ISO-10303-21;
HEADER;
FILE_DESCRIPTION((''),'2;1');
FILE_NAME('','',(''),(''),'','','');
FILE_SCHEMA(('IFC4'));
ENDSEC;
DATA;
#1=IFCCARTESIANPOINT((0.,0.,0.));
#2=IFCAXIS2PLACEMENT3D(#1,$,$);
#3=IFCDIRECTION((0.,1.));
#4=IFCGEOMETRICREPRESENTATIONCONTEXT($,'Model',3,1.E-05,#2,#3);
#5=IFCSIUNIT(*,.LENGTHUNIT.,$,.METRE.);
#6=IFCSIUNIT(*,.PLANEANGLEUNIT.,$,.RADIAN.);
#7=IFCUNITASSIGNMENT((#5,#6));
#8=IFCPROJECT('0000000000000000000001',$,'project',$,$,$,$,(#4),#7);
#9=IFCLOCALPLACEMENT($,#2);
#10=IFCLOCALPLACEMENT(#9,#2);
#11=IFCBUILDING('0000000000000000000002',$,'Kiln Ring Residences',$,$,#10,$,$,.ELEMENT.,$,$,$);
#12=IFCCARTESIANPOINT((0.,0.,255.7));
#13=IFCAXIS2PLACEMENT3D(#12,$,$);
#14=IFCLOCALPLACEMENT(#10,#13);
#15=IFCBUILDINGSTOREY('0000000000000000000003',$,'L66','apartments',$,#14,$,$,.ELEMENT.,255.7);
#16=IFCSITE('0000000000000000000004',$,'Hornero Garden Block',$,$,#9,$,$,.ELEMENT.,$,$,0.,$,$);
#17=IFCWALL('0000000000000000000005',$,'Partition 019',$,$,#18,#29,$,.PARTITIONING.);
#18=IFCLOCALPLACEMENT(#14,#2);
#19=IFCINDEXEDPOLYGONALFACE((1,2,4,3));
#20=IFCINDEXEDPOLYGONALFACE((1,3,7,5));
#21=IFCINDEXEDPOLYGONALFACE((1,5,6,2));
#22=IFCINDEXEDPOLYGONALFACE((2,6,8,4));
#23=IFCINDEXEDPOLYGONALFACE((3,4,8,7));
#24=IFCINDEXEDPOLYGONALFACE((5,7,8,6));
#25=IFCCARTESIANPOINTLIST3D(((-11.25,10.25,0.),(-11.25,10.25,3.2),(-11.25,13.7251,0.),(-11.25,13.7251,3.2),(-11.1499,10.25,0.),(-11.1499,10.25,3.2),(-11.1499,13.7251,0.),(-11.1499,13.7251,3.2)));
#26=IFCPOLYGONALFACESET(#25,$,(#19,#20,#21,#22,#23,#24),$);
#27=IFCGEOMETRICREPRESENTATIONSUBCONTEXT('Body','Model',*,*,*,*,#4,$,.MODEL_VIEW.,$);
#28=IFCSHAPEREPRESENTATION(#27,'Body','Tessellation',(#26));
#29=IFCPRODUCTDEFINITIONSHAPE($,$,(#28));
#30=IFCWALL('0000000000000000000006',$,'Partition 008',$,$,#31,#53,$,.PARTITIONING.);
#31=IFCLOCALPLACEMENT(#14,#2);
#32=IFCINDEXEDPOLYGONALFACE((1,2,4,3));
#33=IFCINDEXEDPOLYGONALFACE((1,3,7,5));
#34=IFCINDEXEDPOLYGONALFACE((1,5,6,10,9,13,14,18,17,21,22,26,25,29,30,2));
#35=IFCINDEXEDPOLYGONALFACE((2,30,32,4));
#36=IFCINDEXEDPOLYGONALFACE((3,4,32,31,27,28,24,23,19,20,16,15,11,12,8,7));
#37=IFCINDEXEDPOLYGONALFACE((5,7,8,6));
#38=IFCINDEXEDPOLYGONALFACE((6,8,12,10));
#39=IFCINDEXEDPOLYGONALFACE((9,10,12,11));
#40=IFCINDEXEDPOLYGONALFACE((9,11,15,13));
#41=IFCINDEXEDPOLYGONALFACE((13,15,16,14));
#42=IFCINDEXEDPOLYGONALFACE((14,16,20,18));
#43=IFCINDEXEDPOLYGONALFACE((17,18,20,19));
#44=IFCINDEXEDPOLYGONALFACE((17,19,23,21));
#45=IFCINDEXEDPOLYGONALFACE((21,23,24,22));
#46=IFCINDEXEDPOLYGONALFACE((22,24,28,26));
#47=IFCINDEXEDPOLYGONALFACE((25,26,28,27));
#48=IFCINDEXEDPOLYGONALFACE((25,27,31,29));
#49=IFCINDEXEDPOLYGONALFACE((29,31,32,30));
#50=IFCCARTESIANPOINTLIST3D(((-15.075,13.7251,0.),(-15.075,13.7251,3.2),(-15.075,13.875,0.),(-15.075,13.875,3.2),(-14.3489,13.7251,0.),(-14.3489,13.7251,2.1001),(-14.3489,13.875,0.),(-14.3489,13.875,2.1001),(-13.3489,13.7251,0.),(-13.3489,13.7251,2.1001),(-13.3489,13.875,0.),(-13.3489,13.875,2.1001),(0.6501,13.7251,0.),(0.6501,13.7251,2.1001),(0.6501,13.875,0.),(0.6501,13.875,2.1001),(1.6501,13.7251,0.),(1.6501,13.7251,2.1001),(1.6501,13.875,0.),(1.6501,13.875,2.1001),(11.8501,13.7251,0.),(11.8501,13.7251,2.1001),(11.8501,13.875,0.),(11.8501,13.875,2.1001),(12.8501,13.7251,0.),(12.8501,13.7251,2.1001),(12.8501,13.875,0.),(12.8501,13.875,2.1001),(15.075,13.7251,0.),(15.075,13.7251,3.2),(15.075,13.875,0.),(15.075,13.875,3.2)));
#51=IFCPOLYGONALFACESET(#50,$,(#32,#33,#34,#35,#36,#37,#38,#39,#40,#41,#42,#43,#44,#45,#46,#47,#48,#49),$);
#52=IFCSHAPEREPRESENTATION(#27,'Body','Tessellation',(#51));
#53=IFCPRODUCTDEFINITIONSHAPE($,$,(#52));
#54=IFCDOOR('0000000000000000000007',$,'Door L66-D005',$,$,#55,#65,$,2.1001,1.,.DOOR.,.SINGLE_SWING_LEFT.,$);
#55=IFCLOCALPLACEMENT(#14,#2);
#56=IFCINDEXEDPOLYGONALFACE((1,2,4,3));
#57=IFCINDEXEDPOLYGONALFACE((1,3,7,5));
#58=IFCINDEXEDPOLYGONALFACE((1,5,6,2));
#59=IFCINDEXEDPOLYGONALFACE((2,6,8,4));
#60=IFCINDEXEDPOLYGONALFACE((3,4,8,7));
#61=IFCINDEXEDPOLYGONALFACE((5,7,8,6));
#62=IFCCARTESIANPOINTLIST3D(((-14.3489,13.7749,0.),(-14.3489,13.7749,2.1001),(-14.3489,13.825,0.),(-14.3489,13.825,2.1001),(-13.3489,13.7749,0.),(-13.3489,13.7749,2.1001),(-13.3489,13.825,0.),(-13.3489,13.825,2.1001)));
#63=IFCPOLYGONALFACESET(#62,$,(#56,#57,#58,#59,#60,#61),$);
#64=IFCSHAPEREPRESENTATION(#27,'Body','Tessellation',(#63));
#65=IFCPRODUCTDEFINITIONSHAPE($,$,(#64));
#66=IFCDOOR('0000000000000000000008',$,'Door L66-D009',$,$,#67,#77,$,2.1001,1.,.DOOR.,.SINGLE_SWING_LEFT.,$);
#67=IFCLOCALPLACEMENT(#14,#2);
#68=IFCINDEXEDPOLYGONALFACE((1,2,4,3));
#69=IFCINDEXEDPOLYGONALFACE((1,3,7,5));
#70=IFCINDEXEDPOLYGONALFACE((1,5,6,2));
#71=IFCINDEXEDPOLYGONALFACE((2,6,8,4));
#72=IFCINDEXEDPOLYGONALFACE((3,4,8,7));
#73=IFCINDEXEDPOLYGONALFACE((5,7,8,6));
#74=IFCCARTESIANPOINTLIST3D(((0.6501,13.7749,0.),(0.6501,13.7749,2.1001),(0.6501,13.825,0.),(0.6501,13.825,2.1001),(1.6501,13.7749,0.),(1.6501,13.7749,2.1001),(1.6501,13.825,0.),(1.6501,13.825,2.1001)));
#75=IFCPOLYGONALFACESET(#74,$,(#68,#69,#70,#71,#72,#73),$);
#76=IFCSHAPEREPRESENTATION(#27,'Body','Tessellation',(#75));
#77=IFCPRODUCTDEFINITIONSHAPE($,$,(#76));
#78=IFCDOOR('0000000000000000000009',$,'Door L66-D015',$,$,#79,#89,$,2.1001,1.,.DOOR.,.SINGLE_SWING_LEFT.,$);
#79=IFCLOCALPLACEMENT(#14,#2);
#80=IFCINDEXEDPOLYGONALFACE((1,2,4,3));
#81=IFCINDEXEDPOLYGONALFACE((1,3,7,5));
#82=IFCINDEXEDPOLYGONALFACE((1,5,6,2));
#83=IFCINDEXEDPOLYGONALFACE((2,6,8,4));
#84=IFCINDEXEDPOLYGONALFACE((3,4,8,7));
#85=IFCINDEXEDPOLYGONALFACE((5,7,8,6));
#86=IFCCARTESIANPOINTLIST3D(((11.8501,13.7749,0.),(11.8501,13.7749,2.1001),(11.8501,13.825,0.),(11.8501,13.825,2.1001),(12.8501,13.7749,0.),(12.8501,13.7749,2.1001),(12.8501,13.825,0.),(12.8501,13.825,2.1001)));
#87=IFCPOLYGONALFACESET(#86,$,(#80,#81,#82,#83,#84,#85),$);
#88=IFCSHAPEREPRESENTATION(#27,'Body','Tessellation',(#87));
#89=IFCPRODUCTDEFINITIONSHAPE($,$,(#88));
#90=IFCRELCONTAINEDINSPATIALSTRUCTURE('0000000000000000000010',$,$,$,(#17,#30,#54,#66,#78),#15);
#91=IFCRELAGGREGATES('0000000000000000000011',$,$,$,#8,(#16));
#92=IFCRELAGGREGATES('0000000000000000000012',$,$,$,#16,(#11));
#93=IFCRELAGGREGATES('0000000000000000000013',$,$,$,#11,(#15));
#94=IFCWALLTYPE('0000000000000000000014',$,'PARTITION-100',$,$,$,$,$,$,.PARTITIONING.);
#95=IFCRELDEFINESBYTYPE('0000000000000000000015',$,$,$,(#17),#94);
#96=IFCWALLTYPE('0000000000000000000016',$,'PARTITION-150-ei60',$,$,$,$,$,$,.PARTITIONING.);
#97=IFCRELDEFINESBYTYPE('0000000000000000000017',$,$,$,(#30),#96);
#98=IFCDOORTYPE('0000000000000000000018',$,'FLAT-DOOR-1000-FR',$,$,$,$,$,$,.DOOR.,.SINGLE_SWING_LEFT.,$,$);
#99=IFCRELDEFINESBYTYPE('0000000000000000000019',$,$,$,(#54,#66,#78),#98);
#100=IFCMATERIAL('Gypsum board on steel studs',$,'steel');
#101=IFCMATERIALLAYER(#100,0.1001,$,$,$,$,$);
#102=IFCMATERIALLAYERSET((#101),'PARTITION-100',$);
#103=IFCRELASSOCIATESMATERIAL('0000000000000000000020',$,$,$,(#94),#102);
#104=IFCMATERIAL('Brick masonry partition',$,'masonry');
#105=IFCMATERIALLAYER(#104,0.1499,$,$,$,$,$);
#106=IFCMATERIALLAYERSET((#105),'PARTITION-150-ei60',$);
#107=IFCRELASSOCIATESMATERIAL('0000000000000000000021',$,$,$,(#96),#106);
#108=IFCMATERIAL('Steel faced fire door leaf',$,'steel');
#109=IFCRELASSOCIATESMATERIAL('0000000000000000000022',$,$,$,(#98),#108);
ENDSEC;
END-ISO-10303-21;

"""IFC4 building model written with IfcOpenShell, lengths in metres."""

from ifc_helpers import new_model, si_unit, direction, frame, frame_2d, origin, place, context, subcontext, project, spatial, rectangle, extrude, material, layer, layer_set, type_object, element, fill, save


model = new_model("IFC4")

# Units and contexts
model_context = context("Model", 3, precision=1e-05, world=origin(), true_north=direction((0.0, 1.0)))
body_context = subcontext(model_context, "Body", "Model", "MODEL_VIEW")
ifc_project = project(units=[si_unit("LENGTHUNIT", "METRE"), si_unit("PLANEANGLEUNIT", "RADIAN")], contexts=[model_context])

# Site, building, storey
site_placement = place(None, origin())
site = spatial("IfcSite", under=ifc_project, at=site_placement, Name="Hornero Garden Block", CompositionType="ELEMENT", RefElevation=0.0)
building_placement = place(site_placement, origin())
building = spatial("IfcBuilding", under=site, at=building_placement, Name="Kiln Ring Residences", CompositionType="ELEMENT")
storey_placement = place(building_placement, frame((0.0, 0.0, 255.7)))
storey = spatial("IfcBuildingStorey", under=building, at=storey_placement, Name="L66", Description="apartments", CompositionType="ELEMENT", Elevation=255.7)

# Shared definitions
ifc_material_1 = material(Name="Gypsum board on steel studs", Category="steel")
ifc_layer_1 = layer(ifc_material_1, 0.1001)
ifc_layer_set_1 = layer_set([ifc_layer_1], Name="PARTITION-100")
wall_type_1 = type_object("IfcWallType", Name="PARTITION-100", PredefinedType="PARTITIONING", material=ifc_layer_set_1)

# Wall
wall_1_placement = place(storey_placement, frame((-11.2, 10.25, 0.0), z_axis=(0.0, 0.0, 1.0), x_axis=(0.0, 1.0, 0.0)))
element("IfcWall", 1, at=wall_1_placement, inside=storey, type_object=wall_type_1, Name="Partition 019", PredefinedType="PARTITIONING", context=body_context, shape_type="SweptSolid", body=[
    extrude(rectangle(XDim=3.4751, YDim=0.1001, at=frame_2d((1.7375, 0.0))), origin(), (0.0, 0.0, 1.0), 3.2),
])

# Wall, openings, doors
ifc_material_2 = material(Name="Brick masonry partition", Category="masonry")
ifc_layer_2 = layer(ifc_material_2, 0.1499)
ifc_layer_set_2 = layer_set([ifc_layer_2], Name="PARTITION-150-ei60")
wall_type_2 = type_object("IfcWallType", Name="PARTITION-150-ei60", PredefinedType="PARTITIONING", material=ifc_layer_set_2)
wall_2_placement = place(storey_placement, frame((-15.075, 13.8, 0.0), z_axis=(0.0, 0.0, 1.0), x_axis=(1.0, 0.0, 0.0)))
wall_2 = element("IfcWall", 2, at=wall_2_placement, inside=storey, type_object=wall_type_2, Name="Partition 008", PredefinedType="PARTITIONING", context=body_context, shape_type="SweptSolid", body=[
    extrude(rectangle(XDim=30.1499, YDim=0.1499, at=frame_2d((15.075, 0.0))), origin(), (0.0, 0.0, 1.0), 3.2),
])
opening_1_placement = place(wall_2_placement, frame((0.7261, 0.0, 0.0)))
opening_1 = element("IfcOpeningElement", 3, at=opening_1_placement, cuts=wall_2, PredefinedType="OPENING", context=body_context, shape_type="SweptSolid", body=[
    extrude(rectangle(XDim=1.0, YDim=2.1001, at=frame_2d((0.5, 1.05))), frame((0.0, 0.085, 0.0), z_axis=(0.0, -1.0, 0.0), x_axis=(1.0, 0.0, 0.0)), (0.0, 0.0, 1.0), 0.1699),
])
opening_2_placement = place(wall_2_placement, frame((15.7251, 0.0, 0.0)))
opening_2 = element("IfcOpeningElement", 4, at=opening_2_placement, cuts=wall_2, PredefinedType="OPENING", context=body_context, shape_type="SweptSolid", body=[
    extrude(rectangle(XDim=1.0, YDim=2.1001, at=frame_2d((0.5, 1.05))), frame((0.0, 0.085, 0.0), z_axis=(0.0, -1.0, 0.0), x_axis=(1.0, 0.0, 0.0)), (0.0, 0.0, 1.0), 0.1699),
])
opening_3_placement = place(wall_2_placement, frame((26.925, 0.0, 0.0)))
opening_3 = element("IfcOpeningElement", 5, at=opening_3_placement, cuts=wall_2, PredefinedType="OPENING", context=body_context, shape_type="SweptSolid", body=[
    extrude(rectangle(XDim=1.0, YDim=2.1001, at=frame_2d((0.5, 1.05))), frame((0.0, 0.085, 0.0), z_axis=(0.0, -1.0, 0.0), x_axis=(1.0, 0.0, 0.0)), (0.0, 0.0, 1.0), 0.1699),
])
ifc_material_3 = material(Name="Steel faced fire door leaf", Category="steel")
door_type_1 = type_object("IfcDoorType", Name="FLAT-DOOR-1000-FR", OperationType="SINGLE_SWING_LEFT", PredefinedType="DOOR", material=ifc_material_3)
door_1_placement = place(opening_1_placement, origin())
door_1 = element("IfcDoor", 6, at=door_1_placement, inside=storey, type_object=door_type_1, Name="Door L66-D005", OperationType="SINGLE_SWING_LEFT", OverallHeight=2.1001, OverallWidth=1.0, PredefinedType="DOOR", context=body_context, shape_type="SweptSolid", body=[
    extrude(rectangle(XDim=1.0, YDim=2.1001, at=frame_2d((0.5, 1.05))), frame((0.0, 0.0249, 0.0), z_axis=(0.0, -1.0, 0.0), x_axis=(1.0, 0.0, 0.0)), (0.0, 0.0, 1.0), 0.05),
])
fill(opening_1, door_1)
door_2_placement = place(opening_2_placement, origin())
door_2 = element("IfcDoor", 7, at=door_2_placement, inside=storey, type_object=door_type_1, Name="Door L66-D009", OperationType="SINGLE_SWING_LEFT", OverallHeight=2.1001, OverallWidth=1.0, PredefinedType="DOOR", context=body_context, shape_type="SweptSolid", body=[
    extrude(rectangle(XDim=1.0, YDim=2.1001, at=frame_2d((0.5, 1.05))), frame((0.0, 0.0249, 0.0), z_axis=(0.0, -1.0, 0.0), x_axis=(1.0, 0.0, 0.0)), (0.0, 0.0, 1.0), 0.05),
])
fill(opening_2, door_2)
door_3_placement = place(opening_3_placement, origin())
door_3 = element("IfcDoor", 8, at=door_3_placement, inside=storey, type_object=door_type_1, Name="Door L66-D015", OperationType="SINGLE_SWING_LEFT", OverallHeight=2.1001, OverallWidth=1.0, PredefinedType="DOOR", context=body_context, shape_type="SweptSolid", body=[
    extrude(rectangle(XDim=1.0, YDim=2.1001, at=frame_2d((0.5, 1.05))), frame((0.0, 0.0249, 0.0), z_axis=(0.0, -1.0, 0.0), x_axis=(1.0, 0.0, 0.0)), (0.0, 0.0, 1.0), 0.05),
])
fill(opening_3, door_3)

save(model, "model.ifc")
